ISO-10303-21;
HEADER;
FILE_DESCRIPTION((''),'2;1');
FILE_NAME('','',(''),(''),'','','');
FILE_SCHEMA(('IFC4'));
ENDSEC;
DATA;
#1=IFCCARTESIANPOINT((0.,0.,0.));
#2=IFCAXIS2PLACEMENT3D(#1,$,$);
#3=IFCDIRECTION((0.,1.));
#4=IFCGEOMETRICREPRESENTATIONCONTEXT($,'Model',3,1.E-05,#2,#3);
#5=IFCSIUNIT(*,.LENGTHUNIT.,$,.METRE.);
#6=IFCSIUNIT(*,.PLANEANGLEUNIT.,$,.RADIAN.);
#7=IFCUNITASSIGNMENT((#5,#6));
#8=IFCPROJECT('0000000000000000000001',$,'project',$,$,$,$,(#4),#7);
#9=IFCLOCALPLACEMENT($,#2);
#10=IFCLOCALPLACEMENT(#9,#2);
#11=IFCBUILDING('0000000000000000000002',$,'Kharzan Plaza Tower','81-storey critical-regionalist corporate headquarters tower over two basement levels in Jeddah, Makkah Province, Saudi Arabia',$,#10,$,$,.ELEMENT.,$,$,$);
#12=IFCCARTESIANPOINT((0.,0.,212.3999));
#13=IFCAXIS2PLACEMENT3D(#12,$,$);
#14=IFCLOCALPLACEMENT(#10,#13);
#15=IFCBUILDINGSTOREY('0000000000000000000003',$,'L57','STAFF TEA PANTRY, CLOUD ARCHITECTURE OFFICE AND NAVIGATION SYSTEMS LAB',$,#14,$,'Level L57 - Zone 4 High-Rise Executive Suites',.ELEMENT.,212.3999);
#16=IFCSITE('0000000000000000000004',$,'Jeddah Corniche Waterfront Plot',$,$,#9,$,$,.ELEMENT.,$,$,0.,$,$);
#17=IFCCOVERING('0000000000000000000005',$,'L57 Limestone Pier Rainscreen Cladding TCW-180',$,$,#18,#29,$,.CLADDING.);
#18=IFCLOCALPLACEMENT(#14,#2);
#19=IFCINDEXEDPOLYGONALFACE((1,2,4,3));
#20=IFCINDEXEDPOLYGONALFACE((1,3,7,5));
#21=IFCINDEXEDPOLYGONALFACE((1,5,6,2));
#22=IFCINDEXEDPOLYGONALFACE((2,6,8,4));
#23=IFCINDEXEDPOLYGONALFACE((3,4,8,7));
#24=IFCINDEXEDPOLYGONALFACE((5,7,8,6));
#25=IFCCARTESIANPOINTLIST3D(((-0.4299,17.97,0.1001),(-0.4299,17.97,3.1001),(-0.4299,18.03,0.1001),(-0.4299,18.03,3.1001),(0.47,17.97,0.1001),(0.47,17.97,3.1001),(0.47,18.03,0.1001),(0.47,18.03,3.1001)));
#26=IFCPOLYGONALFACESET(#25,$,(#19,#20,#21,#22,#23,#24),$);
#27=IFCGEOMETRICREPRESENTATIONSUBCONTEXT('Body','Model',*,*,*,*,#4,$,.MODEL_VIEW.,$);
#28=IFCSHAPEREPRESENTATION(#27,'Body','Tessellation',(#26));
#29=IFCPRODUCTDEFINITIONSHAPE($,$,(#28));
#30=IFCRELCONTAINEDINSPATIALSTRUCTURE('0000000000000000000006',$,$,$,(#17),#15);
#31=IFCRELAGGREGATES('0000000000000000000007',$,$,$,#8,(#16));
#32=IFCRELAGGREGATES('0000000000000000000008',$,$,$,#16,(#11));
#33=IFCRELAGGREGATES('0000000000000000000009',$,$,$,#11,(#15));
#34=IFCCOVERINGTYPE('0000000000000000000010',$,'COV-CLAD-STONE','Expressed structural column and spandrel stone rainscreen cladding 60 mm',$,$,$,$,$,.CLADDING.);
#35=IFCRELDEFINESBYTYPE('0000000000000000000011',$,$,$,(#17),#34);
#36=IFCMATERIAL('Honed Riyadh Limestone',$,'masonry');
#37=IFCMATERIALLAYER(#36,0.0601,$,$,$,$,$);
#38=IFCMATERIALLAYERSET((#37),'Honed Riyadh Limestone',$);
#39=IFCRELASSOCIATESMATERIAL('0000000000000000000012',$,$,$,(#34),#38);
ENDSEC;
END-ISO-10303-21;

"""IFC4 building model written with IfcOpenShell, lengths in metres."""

from ifc_helpers import new_model, si_unit, direction, frame, origin, origin_2d, place, context, subcontext, project, spatial, rectangle, extrude, source, transform, mapped, material, layer, layer_set, type_object, element, save


model = new_model("IFC4")

# Units and contexts
model_context = context("Model", 3, precision=1e-05, world=origin(), true_north=direction((0.0, 1.0)))
body_context = subcontext(model_context, "Body", "Model", "MODEL_VIEW")
ifc_project = project(units=[si_unit("LENGTHUNIT", "METRE"), si_unit("PLANEANGLEUNIT", "RADIAN")], contexts=[model_context])

# Site, building, storey
site_placement = place(None, origin())
site = spatial("IfcSite", under=ifc_project, at=site_placement, Name="Jeddah Corniche Waterfront Plot", CompositionType="ELEMENT", RefElevation=0.0)
building_placement = place(site_placement, origin())
building = spatial("IfcBuilding", under=site, at=building_placement, Name="Kharzan Plaza Tower", Description="81-storey critical-regionalist corporate headquarters tower over two basement levels in Jeddah, Makkah Province, Saudi Arabia", CompositionType="ELEMENT")
storey_placement = place(building_placement, frame((0.0, 0.0, 212.3999)))
storey = spatial("IfcBuildingStorey", under=building, at=storey_placement, Name="L57", Description="STAFF TEA PANTRY, CLOUD ARCHITECTURE OFFICE AND NAVIGATION SYSTEMS LAB", LongName="Level L57 - Zone 4 High-Rise Executive Suites", CompositionType="ELEMENT", Elevation=212.3999)

# Covering
ifc_material_1 = material(Name="Honed Riyadh Limestone", Category="masonry")
ifc_layer_1 = layer(ifc_material_1, 0.0601)
ifc_layer_set_1 = layer_set([ifc_layer_1], Name="Honed Riyadh Limestone")
covering_type = type_object("IfcCoveringType", Name="COV-CLAD-STONE", Description="Expressed structural column and spandrel stone rainscreen cladding 60 mm", PredefinedType="CLADDING", material=ifc_layer_set_1)
shared_shape_1 = source(origin(), body_context, "Body", "SweptSolid", [
    extrude(rectangle(XDim=0.0601, YDim=0.8999, at=origin_2d()), origin(), (0.0, 0.0, 1.0), 3.0),
])
covering_placement = place(storey_placement, frame((0.02, 18.0, 0.1001), z_axis=(0.0, 0.0, 1.0), x_axis=(0.0, 1.0, 0.0)))
element("IfcCovering", 1, at=covering_placement, inside=storey, type_object=covering_type, Name="L57 Limestone Pier Rainscreen Cladding TCW-180", PredefinedType="CLADDING", context=body_context, shape_type="MappedRepresentation", body=[
    mapped(shared_shape_1, transform((0.0, 0.0, 0.0), x_axis=(1.0, 0.0, 0.0), y_axis=(0.0, 1.0, 0.0), z_axis=(0.0, 0.0, 1.0))),
])

save(model, "model.ifc")
